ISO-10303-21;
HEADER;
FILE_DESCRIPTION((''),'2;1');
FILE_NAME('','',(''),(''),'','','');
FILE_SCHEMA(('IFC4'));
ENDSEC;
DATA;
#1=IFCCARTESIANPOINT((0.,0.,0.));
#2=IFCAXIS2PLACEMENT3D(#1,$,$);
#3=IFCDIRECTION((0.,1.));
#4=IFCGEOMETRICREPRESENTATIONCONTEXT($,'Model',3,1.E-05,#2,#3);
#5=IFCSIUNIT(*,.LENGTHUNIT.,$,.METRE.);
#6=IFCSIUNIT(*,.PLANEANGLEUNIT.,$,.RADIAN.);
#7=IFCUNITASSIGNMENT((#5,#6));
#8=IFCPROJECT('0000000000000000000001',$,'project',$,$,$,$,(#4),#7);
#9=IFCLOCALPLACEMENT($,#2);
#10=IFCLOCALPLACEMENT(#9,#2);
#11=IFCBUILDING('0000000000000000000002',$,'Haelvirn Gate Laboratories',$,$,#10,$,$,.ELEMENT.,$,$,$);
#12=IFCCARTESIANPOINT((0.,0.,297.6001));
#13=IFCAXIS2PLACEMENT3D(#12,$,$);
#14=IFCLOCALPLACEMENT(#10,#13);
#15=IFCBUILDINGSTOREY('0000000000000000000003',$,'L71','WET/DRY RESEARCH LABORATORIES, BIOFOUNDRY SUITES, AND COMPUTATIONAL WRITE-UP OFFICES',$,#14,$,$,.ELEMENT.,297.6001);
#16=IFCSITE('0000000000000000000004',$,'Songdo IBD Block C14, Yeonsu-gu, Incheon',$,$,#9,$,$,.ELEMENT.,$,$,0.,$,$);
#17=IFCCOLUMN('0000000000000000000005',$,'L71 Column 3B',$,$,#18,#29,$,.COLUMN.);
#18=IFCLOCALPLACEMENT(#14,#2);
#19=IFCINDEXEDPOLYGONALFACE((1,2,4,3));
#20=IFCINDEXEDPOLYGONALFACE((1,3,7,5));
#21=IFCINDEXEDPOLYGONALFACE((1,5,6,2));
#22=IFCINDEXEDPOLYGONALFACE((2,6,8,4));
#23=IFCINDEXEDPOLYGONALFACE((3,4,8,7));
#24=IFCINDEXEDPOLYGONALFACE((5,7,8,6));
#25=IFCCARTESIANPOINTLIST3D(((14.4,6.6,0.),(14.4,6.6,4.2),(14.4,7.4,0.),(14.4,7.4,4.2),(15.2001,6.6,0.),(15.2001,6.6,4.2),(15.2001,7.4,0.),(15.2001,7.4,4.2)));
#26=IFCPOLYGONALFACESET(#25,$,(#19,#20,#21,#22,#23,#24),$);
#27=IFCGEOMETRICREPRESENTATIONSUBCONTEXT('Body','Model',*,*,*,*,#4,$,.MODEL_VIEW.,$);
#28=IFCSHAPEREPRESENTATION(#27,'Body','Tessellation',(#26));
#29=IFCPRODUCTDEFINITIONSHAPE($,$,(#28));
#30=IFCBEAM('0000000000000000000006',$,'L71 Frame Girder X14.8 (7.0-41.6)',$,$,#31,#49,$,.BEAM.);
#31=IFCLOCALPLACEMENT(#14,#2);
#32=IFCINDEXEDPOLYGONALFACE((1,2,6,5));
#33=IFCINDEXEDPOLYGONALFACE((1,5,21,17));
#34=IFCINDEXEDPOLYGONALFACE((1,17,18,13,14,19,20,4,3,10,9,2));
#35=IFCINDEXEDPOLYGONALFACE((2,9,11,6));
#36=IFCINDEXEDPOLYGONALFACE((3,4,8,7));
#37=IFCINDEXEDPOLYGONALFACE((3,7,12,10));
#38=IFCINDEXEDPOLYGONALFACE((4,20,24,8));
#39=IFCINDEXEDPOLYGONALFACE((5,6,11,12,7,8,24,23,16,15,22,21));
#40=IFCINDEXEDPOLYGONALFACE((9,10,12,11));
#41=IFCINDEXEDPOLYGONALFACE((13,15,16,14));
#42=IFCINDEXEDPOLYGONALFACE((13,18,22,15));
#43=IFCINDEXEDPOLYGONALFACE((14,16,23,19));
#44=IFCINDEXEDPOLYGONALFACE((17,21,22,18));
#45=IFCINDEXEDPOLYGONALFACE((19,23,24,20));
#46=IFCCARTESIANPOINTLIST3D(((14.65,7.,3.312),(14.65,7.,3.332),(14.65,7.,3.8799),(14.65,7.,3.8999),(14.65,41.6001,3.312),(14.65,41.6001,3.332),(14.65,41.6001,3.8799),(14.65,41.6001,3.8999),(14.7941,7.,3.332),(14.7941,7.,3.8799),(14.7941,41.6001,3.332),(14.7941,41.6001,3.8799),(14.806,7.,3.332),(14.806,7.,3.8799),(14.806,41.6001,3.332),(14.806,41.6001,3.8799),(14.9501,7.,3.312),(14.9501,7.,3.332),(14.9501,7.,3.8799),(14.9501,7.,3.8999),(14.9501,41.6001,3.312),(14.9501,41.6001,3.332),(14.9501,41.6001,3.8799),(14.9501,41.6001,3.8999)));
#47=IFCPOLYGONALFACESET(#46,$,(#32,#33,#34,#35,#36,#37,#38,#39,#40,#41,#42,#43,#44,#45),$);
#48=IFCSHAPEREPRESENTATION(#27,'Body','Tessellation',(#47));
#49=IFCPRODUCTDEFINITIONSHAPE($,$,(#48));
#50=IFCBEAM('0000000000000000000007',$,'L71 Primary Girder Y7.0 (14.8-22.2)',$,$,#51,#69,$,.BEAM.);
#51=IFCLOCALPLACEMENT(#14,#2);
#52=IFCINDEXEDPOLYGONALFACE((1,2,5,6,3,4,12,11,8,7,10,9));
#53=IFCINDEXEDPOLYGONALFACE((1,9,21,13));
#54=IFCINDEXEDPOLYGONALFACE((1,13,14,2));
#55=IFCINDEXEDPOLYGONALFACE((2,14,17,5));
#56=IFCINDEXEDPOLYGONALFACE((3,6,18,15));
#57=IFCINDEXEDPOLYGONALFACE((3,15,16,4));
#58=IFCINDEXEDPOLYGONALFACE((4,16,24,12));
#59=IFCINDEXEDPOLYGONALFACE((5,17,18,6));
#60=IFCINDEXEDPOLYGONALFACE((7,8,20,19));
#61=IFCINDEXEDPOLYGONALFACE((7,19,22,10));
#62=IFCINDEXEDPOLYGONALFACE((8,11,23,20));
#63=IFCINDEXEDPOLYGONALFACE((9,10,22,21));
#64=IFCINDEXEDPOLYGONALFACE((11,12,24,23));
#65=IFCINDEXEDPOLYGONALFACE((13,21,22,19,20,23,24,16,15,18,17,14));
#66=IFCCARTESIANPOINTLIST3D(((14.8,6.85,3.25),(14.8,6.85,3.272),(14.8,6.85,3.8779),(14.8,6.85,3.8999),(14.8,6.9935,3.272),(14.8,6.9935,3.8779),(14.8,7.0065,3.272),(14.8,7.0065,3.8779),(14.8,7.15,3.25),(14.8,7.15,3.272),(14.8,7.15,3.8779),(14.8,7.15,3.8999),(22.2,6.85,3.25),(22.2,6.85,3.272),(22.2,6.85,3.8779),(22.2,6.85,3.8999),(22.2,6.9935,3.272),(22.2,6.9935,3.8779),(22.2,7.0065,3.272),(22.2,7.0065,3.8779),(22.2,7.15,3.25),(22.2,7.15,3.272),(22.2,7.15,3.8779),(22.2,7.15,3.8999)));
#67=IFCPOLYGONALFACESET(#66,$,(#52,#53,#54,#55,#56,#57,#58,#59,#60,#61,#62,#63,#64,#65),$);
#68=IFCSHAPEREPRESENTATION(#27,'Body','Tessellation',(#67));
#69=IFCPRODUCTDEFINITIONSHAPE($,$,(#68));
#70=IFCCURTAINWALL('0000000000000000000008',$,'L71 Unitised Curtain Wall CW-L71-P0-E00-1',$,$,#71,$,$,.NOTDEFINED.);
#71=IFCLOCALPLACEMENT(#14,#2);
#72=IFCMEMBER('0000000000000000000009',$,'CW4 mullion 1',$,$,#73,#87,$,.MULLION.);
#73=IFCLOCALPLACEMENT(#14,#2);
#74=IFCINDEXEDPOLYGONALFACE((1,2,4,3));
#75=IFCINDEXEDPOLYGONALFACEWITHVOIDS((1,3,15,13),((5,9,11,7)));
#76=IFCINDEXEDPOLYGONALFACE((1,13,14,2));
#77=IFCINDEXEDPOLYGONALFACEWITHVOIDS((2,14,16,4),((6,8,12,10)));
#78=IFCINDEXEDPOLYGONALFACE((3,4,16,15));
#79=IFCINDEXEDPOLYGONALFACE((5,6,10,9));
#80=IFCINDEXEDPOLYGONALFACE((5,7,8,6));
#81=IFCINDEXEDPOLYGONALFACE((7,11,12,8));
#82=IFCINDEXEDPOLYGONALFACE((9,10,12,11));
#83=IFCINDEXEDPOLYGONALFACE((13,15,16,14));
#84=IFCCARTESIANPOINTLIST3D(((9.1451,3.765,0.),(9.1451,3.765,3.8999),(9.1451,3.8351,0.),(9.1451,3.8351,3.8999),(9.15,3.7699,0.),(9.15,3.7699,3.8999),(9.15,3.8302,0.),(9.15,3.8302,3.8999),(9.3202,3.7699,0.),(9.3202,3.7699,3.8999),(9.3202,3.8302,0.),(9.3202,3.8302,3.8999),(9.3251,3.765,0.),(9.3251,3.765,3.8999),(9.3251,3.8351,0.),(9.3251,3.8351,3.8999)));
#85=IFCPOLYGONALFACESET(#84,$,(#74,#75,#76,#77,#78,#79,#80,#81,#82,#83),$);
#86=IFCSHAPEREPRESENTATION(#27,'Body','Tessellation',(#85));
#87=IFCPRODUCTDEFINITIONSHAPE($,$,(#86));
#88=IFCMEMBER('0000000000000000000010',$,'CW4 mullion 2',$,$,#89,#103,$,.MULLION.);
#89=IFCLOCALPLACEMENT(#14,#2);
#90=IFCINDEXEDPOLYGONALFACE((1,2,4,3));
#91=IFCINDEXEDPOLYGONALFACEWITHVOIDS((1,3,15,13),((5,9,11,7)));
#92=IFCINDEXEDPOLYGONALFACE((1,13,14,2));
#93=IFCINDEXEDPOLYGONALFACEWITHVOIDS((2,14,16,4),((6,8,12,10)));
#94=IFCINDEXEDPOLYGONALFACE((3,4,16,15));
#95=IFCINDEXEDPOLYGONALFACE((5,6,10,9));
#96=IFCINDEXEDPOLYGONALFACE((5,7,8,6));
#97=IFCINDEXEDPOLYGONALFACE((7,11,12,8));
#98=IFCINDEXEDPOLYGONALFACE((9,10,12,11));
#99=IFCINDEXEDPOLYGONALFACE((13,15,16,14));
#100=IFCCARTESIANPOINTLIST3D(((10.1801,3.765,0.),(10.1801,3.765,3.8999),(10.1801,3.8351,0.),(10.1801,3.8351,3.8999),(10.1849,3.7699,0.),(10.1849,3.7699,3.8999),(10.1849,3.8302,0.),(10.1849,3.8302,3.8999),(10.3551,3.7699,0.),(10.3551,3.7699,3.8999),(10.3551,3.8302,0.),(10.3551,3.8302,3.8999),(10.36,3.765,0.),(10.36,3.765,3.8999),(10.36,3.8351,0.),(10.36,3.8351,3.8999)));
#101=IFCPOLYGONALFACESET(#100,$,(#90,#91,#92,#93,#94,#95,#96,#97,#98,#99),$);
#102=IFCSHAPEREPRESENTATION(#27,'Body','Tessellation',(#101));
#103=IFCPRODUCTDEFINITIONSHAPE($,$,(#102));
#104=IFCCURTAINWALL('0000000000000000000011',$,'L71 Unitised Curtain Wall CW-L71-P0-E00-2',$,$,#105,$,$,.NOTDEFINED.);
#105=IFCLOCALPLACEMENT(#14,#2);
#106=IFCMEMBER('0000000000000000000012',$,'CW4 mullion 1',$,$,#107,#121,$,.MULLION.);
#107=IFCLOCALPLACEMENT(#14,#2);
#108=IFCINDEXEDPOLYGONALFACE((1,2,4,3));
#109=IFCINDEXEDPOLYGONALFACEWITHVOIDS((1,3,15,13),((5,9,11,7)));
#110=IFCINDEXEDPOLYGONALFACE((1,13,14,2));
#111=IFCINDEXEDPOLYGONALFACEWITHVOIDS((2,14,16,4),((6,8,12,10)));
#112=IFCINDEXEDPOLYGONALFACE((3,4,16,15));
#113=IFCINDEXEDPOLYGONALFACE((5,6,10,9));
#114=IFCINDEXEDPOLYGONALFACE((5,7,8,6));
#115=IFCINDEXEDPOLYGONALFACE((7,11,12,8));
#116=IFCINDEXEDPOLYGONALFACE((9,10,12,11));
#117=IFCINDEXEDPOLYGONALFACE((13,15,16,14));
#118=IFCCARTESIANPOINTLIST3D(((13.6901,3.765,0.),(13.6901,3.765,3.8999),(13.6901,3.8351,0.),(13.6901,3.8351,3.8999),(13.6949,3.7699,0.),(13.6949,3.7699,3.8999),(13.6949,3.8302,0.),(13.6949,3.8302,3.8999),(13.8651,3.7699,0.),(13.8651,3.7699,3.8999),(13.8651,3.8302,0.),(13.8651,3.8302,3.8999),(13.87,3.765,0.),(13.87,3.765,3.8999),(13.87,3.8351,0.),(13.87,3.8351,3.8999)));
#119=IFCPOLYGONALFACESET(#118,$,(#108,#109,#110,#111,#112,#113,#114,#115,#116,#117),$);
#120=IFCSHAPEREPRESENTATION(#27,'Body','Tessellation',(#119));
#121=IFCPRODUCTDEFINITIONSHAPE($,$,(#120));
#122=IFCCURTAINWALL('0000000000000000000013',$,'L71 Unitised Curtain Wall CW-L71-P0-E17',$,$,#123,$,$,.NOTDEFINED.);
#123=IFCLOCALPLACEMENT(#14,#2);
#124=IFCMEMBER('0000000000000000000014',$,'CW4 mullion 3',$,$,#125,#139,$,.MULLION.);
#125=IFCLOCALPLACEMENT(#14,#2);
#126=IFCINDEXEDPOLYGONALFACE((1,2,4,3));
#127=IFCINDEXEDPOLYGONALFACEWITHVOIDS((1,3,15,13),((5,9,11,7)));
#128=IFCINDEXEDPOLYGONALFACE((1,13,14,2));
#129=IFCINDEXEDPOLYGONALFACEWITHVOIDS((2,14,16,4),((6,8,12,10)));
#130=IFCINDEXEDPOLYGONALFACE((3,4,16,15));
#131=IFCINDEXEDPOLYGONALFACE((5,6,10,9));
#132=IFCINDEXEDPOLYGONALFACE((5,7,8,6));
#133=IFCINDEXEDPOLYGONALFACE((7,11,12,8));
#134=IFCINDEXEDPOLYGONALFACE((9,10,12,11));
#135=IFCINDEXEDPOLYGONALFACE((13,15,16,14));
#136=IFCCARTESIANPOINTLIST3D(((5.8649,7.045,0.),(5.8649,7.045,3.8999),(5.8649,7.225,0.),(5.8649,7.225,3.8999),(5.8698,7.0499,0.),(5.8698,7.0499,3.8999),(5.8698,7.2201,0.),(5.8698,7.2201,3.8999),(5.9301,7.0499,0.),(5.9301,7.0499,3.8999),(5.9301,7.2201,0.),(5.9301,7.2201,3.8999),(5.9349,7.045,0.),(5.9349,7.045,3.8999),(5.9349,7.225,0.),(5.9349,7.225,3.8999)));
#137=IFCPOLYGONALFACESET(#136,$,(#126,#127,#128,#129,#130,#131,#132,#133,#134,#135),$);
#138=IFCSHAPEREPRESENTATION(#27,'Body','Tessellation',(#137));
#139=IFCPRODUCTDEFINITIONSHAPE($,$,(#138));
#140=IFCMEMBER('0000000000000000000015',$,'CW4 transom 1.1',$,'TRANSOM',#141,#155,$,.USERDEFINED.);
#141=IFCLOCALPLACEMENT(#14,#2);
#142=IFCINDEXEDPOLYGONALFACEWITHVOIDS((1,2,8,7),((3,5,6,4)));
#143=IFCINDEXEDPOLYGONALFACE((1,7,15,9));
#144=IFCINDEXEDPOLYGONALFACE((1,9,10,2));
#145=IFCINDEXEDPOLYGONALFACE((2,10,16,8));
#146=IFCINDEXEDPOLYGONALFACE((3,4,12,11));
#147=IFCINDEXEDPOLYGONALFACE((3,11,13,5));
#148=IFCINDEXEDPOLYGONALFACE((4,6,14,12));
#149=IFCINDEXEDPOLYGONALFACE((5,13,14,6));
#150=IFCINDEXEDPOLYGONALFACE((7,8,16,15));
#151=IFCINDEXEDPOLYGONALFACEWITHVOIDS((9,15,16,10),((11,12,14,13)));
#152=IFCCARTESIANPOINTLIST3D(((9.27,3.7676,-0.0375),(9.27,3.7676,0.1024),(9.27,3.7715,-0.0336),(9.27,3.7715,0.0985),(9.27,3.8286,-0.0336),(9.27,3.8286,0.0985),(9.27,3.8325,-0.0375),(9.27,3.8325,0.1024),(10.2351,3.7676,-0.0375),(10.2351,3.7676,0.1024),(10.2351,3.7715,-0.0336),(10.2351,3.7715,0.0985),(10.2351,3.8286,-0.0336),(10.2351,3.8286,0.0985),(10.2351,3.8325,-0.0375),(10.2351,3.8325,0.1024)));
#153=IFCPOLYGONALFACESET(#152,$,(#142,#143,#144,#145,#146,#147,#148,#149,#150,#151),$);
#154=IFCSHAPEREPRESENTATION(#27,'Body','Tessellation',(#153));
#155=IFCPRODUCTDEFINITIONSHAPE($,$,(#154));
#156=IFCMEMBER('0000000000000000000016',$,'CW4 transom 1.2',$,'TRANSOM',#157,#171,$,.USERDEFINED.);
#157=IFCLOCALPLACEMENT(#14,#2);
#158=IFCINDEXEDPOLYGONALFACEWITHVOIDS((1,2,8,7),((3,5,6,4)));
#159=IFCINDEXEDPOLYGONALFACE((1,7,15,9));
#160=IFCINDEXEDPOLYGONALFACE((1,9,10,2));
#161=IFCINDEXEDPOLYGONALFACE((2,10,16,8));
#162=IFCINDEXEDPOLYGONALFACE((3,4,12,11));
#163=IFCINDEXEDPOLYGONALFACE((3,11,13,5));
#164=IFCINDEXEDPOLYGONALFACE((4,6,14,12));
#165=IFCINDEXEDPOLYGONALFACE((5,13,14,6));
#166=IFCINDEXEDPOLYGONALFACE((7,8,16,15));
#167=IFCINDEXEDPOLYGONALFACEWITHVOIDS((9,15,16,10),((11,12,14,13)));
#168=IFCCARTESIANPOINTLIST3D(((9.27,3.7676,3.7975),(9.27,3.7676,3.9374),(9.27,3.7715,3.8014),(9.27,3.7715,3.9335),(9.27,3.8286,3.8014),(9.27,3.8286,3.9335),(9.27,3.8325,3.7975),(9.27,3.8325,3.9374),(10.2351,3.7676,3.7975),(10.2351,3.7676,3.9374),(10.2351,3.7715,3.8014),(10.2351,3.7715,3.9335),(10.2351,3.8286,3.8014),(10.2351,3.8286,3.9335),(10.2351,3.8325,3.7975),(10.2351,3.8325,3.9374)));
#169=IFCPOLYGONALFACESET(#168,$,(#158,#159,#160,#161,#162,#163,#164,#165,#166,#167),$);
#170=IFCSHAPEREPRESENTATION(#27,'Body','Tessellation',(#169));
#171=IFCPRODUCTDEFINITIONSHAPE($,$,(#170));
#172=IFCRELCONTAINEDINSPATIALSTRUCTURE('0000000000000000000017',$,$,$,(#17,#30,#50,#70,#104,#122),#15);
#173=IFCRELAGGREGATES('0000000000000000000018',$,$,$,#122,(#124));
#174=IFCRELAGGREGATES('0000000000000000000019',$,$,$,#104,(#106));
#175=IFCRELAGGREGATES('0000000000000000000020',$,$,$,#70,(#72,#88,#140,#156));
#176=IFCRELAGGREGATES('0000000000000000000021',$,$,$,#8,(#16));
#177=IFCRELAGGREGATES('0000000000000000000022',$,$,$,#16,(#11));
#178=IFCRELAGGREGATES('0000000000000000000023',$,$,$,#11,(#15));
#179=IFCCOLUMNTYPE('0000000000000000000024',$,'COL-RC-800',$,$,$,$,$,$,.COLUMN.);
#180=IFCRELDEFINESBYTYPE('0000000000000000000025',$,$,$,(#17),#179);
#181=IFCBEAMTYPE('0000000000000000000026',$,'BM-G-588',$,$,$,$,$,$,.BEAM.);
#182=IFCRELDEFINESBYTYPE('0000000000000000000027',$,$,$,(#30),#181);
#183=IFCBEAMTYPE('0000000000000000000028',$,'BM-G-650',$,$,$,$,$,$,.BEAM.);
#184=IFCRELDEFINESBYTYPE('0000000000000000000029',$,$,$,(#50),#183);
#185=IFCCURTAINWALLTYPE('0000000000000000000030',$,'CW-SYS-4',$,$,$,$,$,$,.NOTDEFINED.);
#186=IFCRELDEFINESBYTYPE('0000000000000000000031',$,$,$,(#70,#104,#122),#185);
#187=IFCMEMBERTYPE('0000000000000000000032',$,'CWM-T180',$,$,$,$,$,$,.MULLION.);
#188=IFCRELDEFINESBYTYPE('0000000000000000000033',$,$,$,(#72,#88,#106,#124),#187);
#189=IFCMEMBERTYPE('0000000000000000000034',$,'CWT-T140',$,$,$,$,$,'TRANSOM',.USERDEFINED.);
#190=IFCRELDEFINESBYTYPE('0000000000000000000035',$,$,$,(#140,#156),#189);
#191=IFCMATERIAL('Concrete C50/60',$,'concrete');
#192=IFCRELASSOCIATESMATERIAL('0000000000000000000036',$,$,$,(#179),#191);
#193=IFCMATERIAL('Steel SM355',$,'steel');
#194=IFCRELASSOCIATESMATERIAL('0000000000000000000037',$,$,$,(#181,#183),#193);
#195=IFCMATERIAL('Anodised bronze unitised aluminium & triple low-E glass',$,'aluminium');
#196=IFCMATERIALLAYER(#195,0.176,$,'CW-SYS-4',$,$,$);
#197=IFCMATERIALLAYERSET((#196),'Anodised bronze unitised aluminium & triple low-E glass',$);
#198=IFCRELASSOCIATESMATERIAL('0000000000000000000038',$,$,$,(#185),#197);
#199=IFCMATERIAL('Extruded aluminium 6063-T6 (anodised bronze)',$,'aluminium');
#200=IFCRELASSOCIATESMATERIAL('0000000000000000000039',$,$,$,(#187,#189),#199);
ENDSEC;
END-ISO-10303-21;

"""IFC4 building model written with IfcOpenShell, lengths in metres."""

from ifc_helpers import new_model, si_unit, direction, frame, origin, origin_2d, place, context, subcontext, project, spatial, rectangle, hollow_rectangle, i_section, extrude, source, transform, mapped, material, layer, layer_set, material_profile, profile_set, type_object, type_shapes, element, aggregate, save


model = new_model("IFC4")

# Units and contexts
model_context = context("Model", 3, precision=1e-05, world=origin(), true_north=direction((0.0, 1.0)))
body_context = subcontext(model_context, "Body", "Model", "MODEL_VIEW")
ifc_project = project(units=[si_unit("LENGTHUNIT", "METRE"), si_unit("PLANEANGLEUNIT", "RADIAN")], contexts=[model_context])

# Site, building, storey
site_placement = place(None, origin())
site = spatial("IfcSite", under=ifc_project, at=site_placement, Name="Songdo IBD Block C14, Yeonsu-gu, Incheon", CompositionType="ELEMENT", RefElevation=0.0)
building_placement = place(site_placement, origin())
building = spatial("IfcBuilding", under=site, at=building_placement, Name="Haelvirn Gate Laboratories", CompositionType="ELEMENT")
storey_placement = place(building_placement, frame((0.0, 0.0, 297.6001)))
storey = spatial("IfcBuildingStorey", under=building, at=storey_placement, Name="L71", Description="WET/DRY RESEARCH LABORATORIES, BIOFOUNDRY SUITES, AND COMPUTATIONAL WRITE-UP OFFICES", CompositionType="ELEMENT", Elevation=297.6001)

# Column
ifc_material_1 = material(Name="Concrete C50/60", Category="concrete")
ifc_material_profile_1 = material_profile(ifc_material_1, rectangle(XDim=0.8, YDim=0.8, at=origin_2d()), Name="RC-800x800")
ifc_profile_set_1 = profile_set([ifc_material_profile_1], Name="Concrete C50/60")
column_type = type_object("IfcColumnType", Name="COL-RC-800", PredefinedType="COLUMN", material=ifc_profile_set_1)
shared_shape_1 = source(origin(), body_context, "Body", "SweptSolid", [
    extrude(rectangle(XDim=0.8, YDim=0.8, at=origin_2d()), origin(), (0.0, 0.0, 1.0), 4.2),
])
type_shapes(column_type, [shared_shape_1])
column_placement = place(storey_placement, frame((14.8, 7.0, 0.0), z_axis=(0.0, 0.0, 1.0), x_axis=(1.0, 0.0, 0.0)))
element("IfcColumn", 1, at=column_placement, inside=storey, type_object=column_type, Name="L71 Column 3B", PredefinedType="COLUMN", context=body_context, shape_type="MappedRepresentation", body=[
    mapped(shared_shape_1, transform((0.0, 0.0, 0.0), scale=1.0)),
])

# Beams
ifc_material_2 = material(Name="Steel SM355", Category="steel")
ifc_material_profile_2 = material_profile(ifc_material_2, i_section(OverallWidth=0.3, OverallDepth=0.5879, WebThickness=0.012, FlangeThickness=0.02, at=origin_2d()), Name="H-588x300x12x20")
ifc_profile_set_2 = profile_set([ifc_material_profile_2], Name="Steel SM355")
beam_type_1 = type_object("IfcBeamType", Name="BM-G-588", PredefinedType="BEAM", material=ifc_profile_set_2)
shared_shape_2 = source(origin(), body_context, "Body", "SweptSolid", [
    extrude(i_section(OverallWidth=0.3, OverallDepth=0.5879, WebThickness=0.012, FlangeThickness=0.02, at=origin_2d()), origin(), (0.0, 0.0, 1.0), 34.6001),
])
type_shapes(beam_type_1, [shared_shape_2])
beam_1_placement = place(storey_placement, frame((14.8, 7.0, 3.606), z_axis=(0.0, 1.0, 0.0), x_axis=(-1.0, 0.0, 0.0)))
element("IfcBeam", 2, at=beam_1_placement, inside=storey, type_object=beam_type_1, Name="L71 Frame Girder X14.8 (7.0-41.6)", PredefinedType="BEAM", context=body_context, shape_type="MappedRepresentation", body=[
    mapped(shared_shape_2, transform((0.0, 0.0, 0.0), scale=1.0)),
])
ifc_material_profile_3 = material_profile(ifc_material_2, i_section(OverallWidth=0.3, OverallDepth=0.6499, WebThickness=0.0129, FlangeThickness=0.022, at=origin_2d()), Name="H-650x300x13x22")
ifc_profile_set_3 = profile_set([ifc_material_profile_3], Name="Steel SM355")
beam_type_2 = type_object("IfcBeamType", Name="BM-G-650", PredefinedType="BEAM", material=ifc_profile_set_3)
shared_shape_3 = source(origin(), body_context, "Body", "SweptSolid", [
    extrude(i_section(OverallWidth=0.3, OverallDepth=0.6499, WebThickness=0.0129, FlangeThickness=0.022, at=origin_2d()), origin(), (0.0, 0.0, 1.0), 7.3999),
])
type_shapes(beam_type_2, [shared_shape_3])
beam_2_placement = place(storey_placement, frame((14.8, 7.0, 3.575), z_axis=(1.0, 0.0, 0.0), x_axis=(0.0, 1.0, 0.0)))
element("IfcBeam", 3, at=beam_2_placement, inside=storey, type_object=beam_type_2, Name="L71 Primary Girder Y7.0 (14.8-22.2)", PredefinedType="BEAM", context=body_context, shape_type="MappedRepresentation", body=[
    mapped(shared_shape_3, transform((0.0, 0.0, 0.0), scale=1.0)),
])

# Curtain wall, members
ifc_material_3 = material(Name="Anodised bronze unitised aluminium & triple low-E glass", Category="aluminium")
ifc_layer_1 = layer(ifc_material_3, 0.176, Name="CW-SYS-4")
ifc_layer_set_1 = layer_set([ifc_layer_1], Name="Anodised bronze unitised aluminium & triple low-E glass")
curtain_wall_type_1 = type_object("IfcCurtainWallType", Name="CW-SYS-4", PredefinedType="NOTDEFINED", material=ifc_layer_set_1)
curtain_wall_1_placement = place(storey_placement, origin())
curtain_wall_1 = element("IfcCurtainWall", 4, at=curtain_wall_1_placement, inside=storey, type_object=curtain_wall_type_1, Name="L71 Unitised Curtain Wall CW-L71-P0-E00-1", PredefinedType="NOTDEFINED")
ifc_material_4 = material(Name="Extruded aluminium 6063-T6 (anodised bronze)", Category="aluminium")
ifc_material_profile_4 = material_profile(ifc_material_4, hollow_rectangle(XDim=0.0701, YDim=0.1799, WallThickness=0.0049, at=origin_2d()), Name="CWM-180x70x5")
ifc_profile_set_4 = profile_set([ifc_material_profile_4], Name="Extruded aluminium 6063-T6 (anodised bronze)")
member_type_1 = type_object("IfcMemberType", Name="CWM-T180", PredefinedType="MULLION", material=ifc_profile_set_4)
shared_shape_4 = source(origin(), body_context, "Body", "SweptSolid", [
    extrude(hollow_rectangle(XDim=0.0701, YDim=0.1799, WallThickness=0.0049, at=origin_2d()), origin(), (0.0, 0.0, 1.0), 3.8999),
])
type_shapes(member_type_1, [shared_shape_4])
member_1_placement = place(storey_placement, frame((9.2351, 3.8, 0.0), z_axis=(0.0, 0.0, 1.0), x_axis=(0.0, 1.0, 0.0)))
member_1 = element("IfcMember", 5, at=member_1_placement, type_object=member_type_1, Name="CW4 mullion 1", PredefinedType="MULLION", context=body_context, shape_type="MappedRepresentation", body=[
    mapped(shared_shape_4, transform((0.0, 0.0, 0.0), scale=1.0)),
])
member_2_placement = place(storey_placement, frame((10.27, 3.8, 0.0), z_axis=(0.0, 0.0, 1.0), x_axis=(0.0, 1.0, 0.0)))
member_2 = element("IfcMember", 6, at=member_2_placement, type_object=member_type_1, Name="CW4 mullion 2", PredefinedType="MULLION", context=body_context, shape_type="MappedRepresentation", body=[
    mapped(shared_shape_4, transform((0.0, 0.0, 0.0), scale=1.0)),
])

# Curtain walls, members
curtain_wall_2_placement = place(storey_placement, origin())
curtain_wall_2 = element("IfcCurtainWall", 7, at=curtain_wall_2_placement, inside=storey, type_object=curtain_wall_type_1, Name="L71 Unitised Curtain Wall CW-L71-P0-E00-2", PredefinedType="NOTDEFINED")
member_3_placement = place(storey_placement, frame((13.78, 3.8, 0.0), z_axis=(0.0, 0.0, 1.0), x_axis=(0.0, 1.0, 0.0)))
member_3 = element("IfcMember", 8, at=member_3_placement, type_object=member_type_1, Name="CW4 mullion 1", PredefinedType="MULLION", context=body_context, shape_type="MappedRepresentation", body=[
    mapped(shared_shape_4, transform((0.0, 0.0, 0.0), scale=1.0)),
])
curtain_wall_3_placement = place(storey_placement, origin())
curtain_wall_3 = element("IfcCurtainWall", 9, at=curtain_wall_3_placement, inside=storey, type_object=curtain_wall_type_1, Name="L71 Unitised Curtain Wall CW-L71-P0-E17", PredefinedType="NOTDEFINED")
member_4_placement = place(storey_placement, frame((5.8999, 7.135, 0.0), z_axis=(0.0, 0.0, 1.0), x_axis=(1.0, 0.0, 0.0)))
member_4 = element("IfcMember", 10, at=member_4_placement, type_object=member_type_1, Name="CW4 mullion 3", PredefinedType="MULLION", context=body_context, shape_type="MappedRepresentation", body=[
    mapped(shared_shape_4, transform((0.0, 0.0, 0.0), scale=1.0)),
])
aggregate(curtain_wall_3, [member_4])

# Members
ifc_material_profile_5 = material_profile(ifc_material_4, hollow_rectangle(XDim=0.0649, YDim=0.1399, WallThickness=0.0039, at=origin_2d()), Name="CWT-140x65x4")
ifc_profile_set_5 = profile_set([ifc_material_profile_5], Name="Extruded aluminium 6063-T6 (anodised bronze)")
member_type_2 = type_object("IfcMemberType", Name="CWT-T140", ElementType="TRANSOM", PredefinedType="USERDEFINED", material=ifc_profile_set_5)
shared_shape_5 = source(origin(), body_context, "Body", "SweptSolid", [
    extrude(hollow_rectangle(XDim=0.0649, YDim=0.1399, WallThickness=0.0039, at=origin_2d()), origin(), (0.0, 0.0, 1.0), 0.9651),
])
member_5_placement = place(storey_placement, frame((9.27, 3.8, 0.0325), z_axis=(1.0, 0.0, 0.0), x_axis=(0.0, 1.0, 0.0)))
member_5 = element("IfcMember", 11, at=member_5_placement, type_object=member_type_2, Name="CW4 transom 1.1", ObjectType="TRANSOM", PredefinedType="USERDEFINED", context=body_context, shape_type="MappedRepresentation", body=[
    mapped(shared_shape_5, transform((0.0, 0.0, 0.0), scale=1.0)),
])
member_6_placement = place(storey_placement, frame((9.27, 3.8, 3.8674), z_axis=(1.0, 0.0, 0.0), x_axis=(0.0, 1.0, 0.0)))
member_6 = element("IfcMember", 12, at=member_6_placement, type_object=member_type_2, Name="CW4 transom 1.2", ObjectType="TRANSOM", PredefinedType="USERDEFINED", context=body_context, shape_type="MappedRepresentation", body=[
    mapped(shared_shape_5, transform((0.0, 0.0, 0.0), scale=1.0)),
])
aggregate(curtain_wall_2, [member_3])

aggregate(curtain_wall_1, [member_1, member_2, member_5, member_6])

save(model, "model.ifc")
